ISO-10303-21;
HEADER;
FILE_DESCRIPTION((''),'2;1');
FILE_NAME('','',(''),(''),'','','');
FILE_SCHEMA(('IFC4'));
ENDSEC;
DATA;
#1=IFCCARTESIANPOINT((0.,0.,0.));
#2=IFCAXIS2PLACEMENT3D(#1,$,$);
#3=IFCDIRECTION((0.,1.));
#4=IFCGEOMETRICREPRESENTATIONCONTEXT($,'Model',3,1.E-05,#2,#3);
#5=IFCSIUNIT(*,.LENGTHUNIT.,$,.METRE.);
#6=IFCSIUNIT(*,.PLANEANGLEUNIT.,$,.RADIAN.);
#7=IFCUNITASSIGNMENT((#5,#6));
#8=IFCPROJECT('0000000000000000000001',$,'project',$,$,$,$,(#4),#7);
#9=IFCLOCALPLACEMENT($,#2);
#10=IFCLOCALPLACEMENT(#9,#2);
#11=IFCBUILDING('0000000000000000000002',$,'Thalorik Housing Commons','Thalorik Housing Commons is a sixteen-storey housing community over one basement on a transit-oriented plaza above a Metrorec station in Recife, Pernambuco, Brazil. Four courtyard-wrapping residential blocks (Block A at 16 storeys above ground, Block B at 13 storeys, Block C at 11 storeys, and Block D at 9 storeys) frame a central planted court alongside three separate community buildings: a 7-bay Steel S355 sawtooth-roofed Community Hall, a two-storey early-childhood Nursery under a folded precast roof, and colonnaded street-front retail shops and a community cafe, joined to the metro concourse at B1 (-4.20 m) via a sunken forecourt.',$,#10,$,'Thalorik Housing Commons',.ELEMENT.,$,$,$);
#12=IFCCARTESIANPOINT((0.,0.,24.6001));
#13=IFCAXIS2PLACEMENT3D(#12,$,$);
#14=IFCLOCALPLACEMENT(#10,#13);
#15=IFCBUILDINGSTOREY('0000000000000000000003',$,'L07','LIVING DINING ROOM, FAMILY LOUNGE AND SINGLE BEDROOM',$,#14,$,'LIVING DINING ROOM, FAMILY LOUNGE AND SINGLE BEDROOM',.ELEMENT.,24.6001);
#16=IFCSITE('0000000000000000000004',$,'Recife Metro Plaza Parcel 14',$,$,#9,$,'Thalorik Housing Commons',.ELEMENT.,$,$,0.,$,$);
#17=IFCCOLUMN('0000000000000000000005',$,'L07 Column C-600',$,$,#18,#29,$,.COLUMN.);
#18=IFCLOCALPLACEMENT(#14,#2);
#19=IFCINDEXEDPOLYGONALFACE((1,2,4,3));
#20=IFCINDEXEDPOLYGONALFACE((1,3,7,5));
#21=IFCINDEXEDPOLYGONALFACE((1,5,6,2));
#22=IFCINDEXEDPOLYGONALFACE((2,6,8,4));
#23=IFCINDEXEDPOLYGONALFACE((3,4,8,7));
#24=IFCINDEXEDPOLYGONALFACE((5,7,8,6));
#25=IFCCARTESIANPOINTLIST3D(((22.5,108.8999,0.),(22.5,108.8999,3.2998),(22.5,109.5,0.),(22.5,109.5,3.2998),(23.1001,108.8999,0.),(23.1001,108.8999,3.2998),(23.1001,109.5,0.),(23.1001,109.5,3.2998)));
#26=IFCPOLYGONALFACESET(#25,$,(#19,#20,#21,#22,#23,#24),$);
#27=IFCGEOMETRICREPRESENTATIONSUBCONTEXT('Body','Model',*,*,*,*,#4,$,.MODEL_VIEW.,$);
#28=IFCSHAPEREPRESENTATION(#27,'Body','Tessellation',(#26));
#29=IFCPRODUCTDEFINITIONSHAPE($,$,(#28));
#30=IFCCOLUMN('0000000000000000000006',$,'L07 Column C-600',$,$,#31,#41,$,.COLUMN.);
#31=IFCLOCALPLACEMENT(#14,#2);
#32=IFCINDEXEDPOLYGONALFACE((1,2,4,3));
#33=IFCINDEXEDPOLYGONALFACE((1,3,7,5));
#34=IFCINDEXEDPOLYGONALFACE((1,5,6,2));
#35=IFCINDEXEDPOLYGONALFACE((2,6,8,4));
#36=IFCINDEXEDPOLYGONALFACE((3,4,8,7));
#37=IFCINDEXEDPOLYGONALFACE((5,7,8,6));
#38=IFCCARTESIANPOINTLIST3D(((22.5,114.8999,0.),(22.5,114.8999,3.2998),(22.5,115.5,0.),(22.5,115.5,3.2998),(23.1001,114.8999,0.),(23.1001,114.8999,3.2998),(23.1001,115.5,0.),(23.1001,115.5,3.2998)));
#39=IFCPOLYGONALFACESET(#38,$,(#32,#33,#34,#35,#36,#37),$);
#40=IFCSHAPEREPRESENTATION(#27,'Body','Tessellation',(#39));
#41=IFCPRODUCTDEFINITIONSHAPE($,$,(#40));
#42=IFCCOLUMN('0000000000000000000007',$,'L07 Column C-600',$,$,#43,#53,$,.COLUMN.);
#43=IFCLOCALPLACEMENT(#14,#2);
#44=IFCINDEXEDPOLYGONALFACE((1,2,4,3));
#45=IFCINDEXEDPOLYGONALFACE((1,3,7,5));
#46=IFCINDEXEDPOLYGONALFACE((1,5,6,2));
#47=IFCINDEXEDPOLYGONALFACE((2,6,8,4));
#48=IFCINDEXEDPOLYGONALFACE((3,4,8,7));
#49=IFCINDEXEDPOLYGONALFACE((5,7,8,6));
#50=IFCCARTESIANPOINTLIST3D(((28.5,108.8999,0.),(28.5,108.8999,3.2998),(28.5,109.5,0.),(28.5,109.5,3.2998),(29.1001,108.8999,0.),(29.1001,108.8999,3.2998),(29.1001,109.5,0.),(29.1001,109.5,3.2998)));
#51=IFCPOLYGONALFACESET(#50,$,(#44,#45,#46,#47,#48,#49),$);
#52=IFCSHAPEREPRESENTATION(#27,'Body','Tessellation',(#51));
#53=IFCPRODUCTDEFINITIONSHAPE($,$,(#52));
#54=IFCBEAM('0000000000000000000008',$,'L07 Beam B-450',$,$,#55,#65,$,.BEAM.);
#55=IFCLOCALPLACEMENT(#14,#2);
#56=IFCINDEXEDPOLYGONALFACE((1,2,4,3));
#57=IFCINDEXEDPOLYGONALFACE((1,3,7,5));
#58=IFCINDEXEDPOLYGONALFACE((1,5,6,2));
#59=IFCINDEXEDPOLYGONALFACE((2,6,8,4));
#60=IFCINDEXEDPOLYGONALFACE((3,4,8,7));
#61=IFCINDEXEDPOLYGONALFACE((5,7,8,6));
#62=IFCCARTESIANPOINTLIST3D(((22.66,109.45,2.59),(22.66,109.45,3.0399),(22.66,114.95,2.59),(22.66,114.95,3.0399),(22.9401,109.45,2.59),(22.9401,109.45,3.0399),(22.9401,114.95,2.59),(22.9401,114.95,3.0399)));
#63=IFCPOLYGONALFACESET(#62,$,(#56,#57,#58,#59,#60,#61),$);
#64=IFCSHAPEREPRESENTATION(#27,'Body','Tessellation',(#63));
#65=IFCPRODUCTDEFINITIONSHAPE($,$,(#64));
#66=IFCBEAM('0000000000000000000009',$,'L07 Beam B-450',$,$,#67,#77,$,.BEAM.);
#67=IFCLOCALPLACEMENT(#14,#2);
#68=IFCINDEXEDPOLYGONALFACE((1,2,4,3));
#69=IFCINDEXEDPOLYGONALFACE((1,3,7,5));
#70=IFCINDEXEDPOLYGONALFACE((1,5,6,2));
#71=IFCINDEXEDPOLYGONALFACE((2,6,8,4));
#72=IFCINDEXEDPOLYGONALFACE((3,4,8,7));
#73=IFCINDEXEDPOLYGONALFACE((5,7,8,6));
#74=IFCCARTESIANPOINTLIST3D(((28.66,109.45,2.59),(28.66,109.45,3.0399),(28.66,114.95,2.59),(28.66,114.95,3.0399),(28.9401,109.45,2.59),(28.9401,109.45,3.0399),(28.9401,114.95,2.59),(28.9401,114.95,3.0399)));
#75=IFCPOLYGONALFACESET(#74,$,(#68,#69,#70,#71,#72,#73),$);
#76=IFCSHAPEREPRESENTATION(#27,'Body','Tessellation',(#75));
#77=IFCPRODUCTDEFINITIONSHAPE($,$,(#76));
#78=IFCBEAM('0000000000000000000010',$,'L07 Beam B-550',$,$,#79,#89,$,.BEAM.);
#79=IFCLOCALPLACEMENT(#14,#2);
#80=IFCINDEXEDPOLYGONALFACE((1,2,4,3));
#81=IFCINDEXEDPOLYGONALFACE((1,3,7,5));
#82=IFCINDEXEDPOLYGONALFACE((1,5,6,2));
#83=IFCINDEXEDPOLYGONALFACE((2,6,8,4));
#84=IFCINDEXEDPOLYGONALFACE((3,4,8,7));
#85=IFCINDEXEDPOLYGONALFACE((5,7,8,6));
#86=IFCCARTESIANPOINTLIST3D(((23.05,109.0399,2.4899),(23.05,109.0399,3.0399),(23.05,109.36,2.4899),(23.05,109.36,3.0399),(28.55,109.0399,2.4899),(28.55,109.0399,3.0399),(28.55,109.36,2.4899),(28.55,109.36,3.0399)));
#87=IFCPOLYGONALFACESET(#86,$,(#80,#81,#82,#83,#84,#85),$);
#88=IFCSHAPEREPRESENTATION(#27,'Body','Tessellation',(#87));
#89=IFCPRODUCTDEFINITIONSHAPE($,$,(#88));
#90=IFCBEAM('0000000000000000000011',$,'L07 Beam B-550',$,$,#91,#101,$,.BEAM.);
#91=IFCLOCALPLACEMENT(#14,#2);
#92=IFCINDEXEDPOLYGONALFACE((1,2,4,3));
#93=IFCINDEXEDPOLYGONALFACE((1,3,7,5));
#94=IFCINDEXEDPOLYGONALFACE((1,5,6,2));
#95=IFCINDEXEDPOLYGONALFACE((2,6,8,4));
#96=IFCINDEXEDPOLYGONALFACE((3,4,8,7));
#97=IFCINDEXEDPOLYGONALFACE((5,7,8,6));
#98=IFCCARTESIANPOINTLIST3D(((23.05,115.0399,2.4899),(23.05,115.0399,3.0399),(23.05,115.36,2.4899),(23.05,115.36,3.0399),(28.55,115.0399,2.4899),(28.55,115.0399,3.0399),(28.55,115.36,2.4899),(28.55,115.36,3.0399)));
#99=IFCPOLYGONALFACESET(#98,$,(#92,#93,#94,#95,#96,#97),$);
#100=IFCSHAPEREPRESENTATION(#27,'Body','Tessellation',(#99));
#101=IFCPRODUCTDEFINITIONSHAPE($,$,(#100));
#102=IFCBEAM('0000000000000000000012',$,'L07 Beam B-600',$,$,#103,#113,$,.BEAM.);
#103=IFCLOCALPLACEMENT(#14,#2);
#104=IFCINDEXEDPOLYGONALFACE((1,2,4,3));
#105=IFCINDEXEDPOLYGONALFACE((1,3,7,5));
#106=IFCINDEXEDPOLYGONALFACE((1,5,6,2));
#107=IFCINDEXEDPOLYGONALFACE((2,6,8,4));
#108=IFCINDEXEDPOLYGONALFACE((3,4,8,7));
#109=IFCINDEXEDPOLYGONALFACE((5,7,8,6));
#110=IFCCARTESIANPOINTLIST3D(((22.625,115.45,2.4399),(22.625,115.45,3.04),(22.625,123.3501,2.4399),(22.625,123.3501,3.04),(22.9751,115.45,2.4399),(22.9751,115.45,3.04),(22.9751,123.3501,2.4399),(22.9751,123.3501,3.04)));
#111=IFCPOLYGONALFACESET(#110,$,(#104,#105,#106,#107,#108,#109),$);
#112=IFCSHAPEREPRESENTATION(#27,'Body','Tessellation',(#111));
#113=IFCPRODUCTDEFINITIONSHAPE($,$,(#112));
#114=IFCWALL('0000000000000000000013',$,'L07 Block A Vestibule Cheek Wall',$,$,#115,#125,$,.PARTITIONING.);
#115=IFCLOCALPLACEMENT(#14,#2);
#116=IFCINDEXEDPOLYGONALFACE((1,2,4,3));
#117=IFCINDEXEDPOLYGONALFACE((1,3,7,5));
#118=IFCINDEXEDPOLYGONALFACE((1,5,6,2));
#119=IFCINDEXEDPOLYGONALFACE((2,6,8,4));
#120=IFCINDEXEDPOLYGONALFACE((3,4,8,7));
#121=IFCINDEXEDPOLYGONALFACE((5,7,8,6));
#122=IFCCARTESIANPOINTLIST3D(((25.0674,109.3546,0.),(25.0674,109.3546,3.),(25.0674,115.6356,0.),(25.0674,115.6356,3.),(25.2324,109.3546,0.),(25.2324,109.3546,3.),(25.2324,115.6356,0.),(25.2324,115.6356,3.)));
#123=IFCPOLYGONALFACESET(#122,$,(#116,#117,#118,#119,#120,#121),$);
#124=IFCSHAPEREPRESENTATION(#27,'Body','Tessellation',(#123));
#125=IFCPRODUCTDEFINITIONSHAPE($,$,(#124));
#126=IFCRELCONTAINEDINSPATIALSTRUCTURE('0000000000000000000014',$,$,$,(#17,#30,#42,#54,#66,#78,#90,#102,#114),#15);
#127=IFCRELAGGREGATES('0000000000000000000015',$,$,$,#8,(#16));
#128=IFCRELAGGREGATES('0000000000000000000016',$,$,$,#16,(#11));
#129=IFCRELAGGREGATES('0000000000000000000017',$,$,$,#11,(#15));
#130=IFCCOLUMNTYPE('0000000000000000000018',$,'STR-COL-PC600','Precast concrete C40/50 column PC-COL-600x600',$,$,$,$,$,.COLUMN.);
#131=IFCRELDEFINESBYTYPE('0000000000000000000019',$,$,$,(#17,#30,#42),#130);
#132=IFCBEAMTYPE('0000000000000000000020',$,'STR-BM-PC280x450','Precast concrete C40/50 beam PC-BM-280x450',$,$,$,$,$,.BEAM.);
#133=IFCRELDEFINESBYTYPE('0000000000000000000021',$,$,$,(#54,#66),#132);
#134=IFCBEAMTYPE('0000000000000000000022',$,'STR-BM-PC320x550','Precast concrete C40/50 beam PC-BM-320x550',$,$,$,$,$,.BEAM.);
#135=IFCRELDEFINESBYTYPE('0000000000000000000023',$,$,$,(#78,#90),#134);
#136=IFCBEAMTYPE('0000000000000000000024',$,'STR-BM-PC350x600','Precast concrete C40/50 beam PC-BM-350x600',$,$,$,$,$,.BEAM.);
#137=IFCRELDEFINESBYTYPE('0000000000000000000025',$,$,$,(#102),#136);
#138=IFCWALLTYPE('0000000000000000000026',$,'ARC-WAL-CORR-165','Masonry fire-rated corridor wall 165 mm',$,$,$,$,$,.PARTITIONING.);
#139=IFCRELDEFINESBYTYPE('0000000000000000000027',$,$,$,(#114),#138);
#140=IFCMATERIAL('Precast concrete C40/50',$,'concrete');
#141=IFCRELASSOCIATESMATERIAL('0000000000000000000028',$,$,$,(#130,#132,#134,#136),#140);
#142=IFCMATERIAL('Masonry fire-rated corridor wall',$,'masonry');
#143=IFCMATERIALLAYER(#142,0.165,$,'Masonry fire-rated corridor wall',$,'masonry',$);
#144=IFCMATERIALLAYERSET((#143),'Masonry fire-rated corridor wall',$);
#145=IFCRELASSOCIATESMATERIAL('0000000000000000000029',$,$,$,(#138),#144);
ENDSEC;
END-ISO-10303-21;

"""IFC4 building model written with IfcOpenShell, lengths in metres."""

from ifc_helpers import new_model, si_unit, direction, frame, frame_2d, origin, origin_2d, place, context, subcontext, project, spatial, rectangle, extrude, material, layer, layer_set, material_profile, profile_set, type_object, element, save


model = new_model("IFC4")

# Units and contexts
model_context = context("Model", 3, precision=1e-05, world=origin(), true_north=direction((0.0, 1.0)))
body_context = subcontext(model_context, "Body", "Model", "MODEL_VIEW")
ifc_project = project(units=[si_unit("LENGTHUNIT", "METRE"), si_unit("PLANEANGLEUNIT", "RADIAN")], contexts=[model_context])

# Site, building, storey
site_placement = place(None, origin())
site = spatial("IfcSite", under=ifc_project, at=site_placement, Name="Recife Metro Plaza Parcel 14", LongName="Thalorik Housing Commons", CompositionType="ELEMENT", RefElevation=0.0)
building_placement = place(site_placement, origin())
building = spatial("IfcBuilding", under=site, at=building_placement, Name="Thalorik Housing Commons", Description="Thalorik Housing Commons is a sixteen-storey housing community over one basement on a transit-oriented plaza above a Metrorec station in Recife, Pernambuco, Brazil. Four courtyard-wrapping residential blocks (Block A at 16 storeys above ground, Block B at 13 storeys, Block C at 11 storeys, and Block D at 9 storeys) frame a central planted court alongside three separate community buildings: a 7-bay Steel S355 sawtooth-roofed Community Hall, a two-storey early-childhood Nursery under a folded precast roof, and colonnaded street-front retail shops and a community cafe, joined to the metro concourse at B1 (-4.20 m) via a sunken forecourt.", LongName="Thalorik Housing Commons", CompositionType="ELEMENT")
storey_placement = place(building_placement, frame((0.0, 0.0, 24.6001)))
storey = spatial("IfcBuildingStorey", under=building, at=storey_placement, Name="L07", Description="LIVING DINING ROOM, FAMILY LOUNGE AND SINGLE BEDROOM", LongName="LIVING DINING ROOM, FAMILY LOUNGE AND SINGLE BEDROOM", CompositionType="ELEMENT", Elevation=24.6001)

# Columns
ifc_material_1 = material(Name="Precast concrete C40/50", Category="concrete")
ifc_material_profile_1 = material_profile(ifc_material_1, rectangle(XDim=0.6001, YDim=0.6001, at=origin_2d()), Name="PC 600x600", Category="concrete")
ifc_profile_set_1 = profile_set([ifc_material_profile_1], Name="Precast concrete C40/50")
column_type = type_object("IfcColumnType", Name="STR-COL-PC600", Description="Precast concrete C40/50 column PC-COL-600x600", PredefinedType="COLUMN", material=ifc_profile_set_1)
for number, where, z_axis, x_axis, name in (
    (1, (22.8, 109.2, 0.0), (0.0, 0.0, 1.0), (1.0, 0.0, 0.0), "L07 Column C-600"),
    (2, (22.8, 115.2, 0.0), (0.0, 0.0, 1.0), (1.0, 0.0, 0.0), "L07 Column C-600"),
    (3, (28.8, 109.2, 0.0), (0.0, 0.0, 1.0), (1.0, 0.0, 0.0), "L07 Column C-600"),
):
    element("IfcColumn", number, at=place(storey_placement, frame(where, z_axis=z_axis, x_axis=x_axis)), inside=storey, type_object=column_type, Name=name, PredefinedType="COLUMN", context=body_context, shape_type="SweptSolid", body=[
        extrude(rectangle(XDim=0.6001, YDim=0.6001, at=origin_2d()), origin(), (0.0, 0.0, 1.0), 3.2998),
    ])

# Beams
ifc_material_profile_2 = material_profile(ifc_material_1, rectangle(XDim=0.28, YDim=0.45, at=origin_2d()), Name="PC 280x450", Category="concrete")
ifc_profile_set_2 = profile_set([ifc_material_profile_2], Name="Precast concrete C40/50")
beam_type_1 = type_object("IfcBeamType", Name="STR-BM-PC280x450", Description="Precast concrete C40/50 beam PC-BM-280x450", PredefinedType="BEAM", material=ifc_profile_set_2)
for number, where, z_axis, x_axis, name in (
    (4, (22.8, 109.45, 2.8149), (0.0, 1.0, 0.0), (-1.0, 0.0, 0.0), "L07 Beam B-450"),
    (5, (28.8, 109.45, 2.8149), (0.0, 1.0, 0.0), (-1.0, 0.0, 0.0), "L07 Beam B-450"),
):
    element("IfcBeam", number, at=place(storey_placement, frame(where, z_axis=z_axis, x_axis=x_axis)), inside=storey, type_object=beam_type_1, Name=name, PredefinedType="BEAM", context=body_context, shape_type="SweptSolid", body=[
        extrude(rectangle(XDim=0.28, YDim=0.45, at=origin_2d()), origin(), (0.0, 0.0, 1.0), 5.5),
    ])
ifc_material_profile_3 = material_profile(ifc_material_1, rectangle(XDim=0.3201, YDim=0.55, at=origin_2d()), Name="PC 320x550", Category="concrete")
ifc_profile_set_3 = profile_set([ifc_material_profile_3], Name="Precast concrete C40/50")
beam_type_2 = type_object("IfcBeamType", Name="STR-BM-PC320x550", Description="Precast concrete C40/50 beam PC-BM-320x550", PredefinedType="BEAM", material=ifc_profile_set_3)
for number, where, z_axis, x_axis, name in (
    (6, (23.05, 109.2, 2.7649), (1.0, 0.0, 0.0), (0.0, 1.0, 0.0), "L07 Beam B-550"),
    (7, (23.05, 115.2, 2.7649), (1.0, 0.0, 0.0), (0.0, 1.0, 0.0), "L07 Beam B-550"),
):
    element("IfcBeam", number, at=place(storey_placement, frame(where, z_axis=z_axis, x_axis=x_axis)), inside=storey, type_object=beam_type_2, Name=name, PredefinedType="BEAM", context=body_context, shape_type="SweptSolid", body=[
        extrude(rectangle(XDim=0.3201, YDim=0.55, at=origin_2d()), origin(), (0.0, 0.0, 1.0), 5.5),
    ])
ifc_material_profile_4 = material_profile(ifc_material_1, rectangle(XDim=0.3501, YDim=0.6001, at=origin_2d()), Name="PC 350x600", Category="concrete")
ifc_profile_set_4 = profile_set([ifc_material_profile_4], Name="Precast concrete C40/50")
beam_type_3 = type_object("IfcBeamType", Name="STR-BM-PC350x600", Description="Precast concrete C40/50 beam PC-BM-350x600", PredefinedType="BEAM", material=ifc_profile_set_4)
beam_placement = place(storey_placement, frame((22.8, 115.45, 2.74), z_axis=(0.0, 1.0, 0.0), x_axis=(-1.0, 0.0, 0.0)))
element("IfcBeam", 8, at=beam_placement, inside=storey, type_object=beam_type_3, Name="L07 Beam B-600", PredefinedType="BEAM", context=body_context, shape_type="SweptSolid", body=[
    extrude(rectangle(XDim=0.3501, YDim=0.6001, at=origin_2d()), origin(), (0.0, 0.0, 1.0), 7.9001),
])

# Wall
ifc_material_2 = material(Name="Masonry fire-rated corridor wall", Category="masonry")
ifc_layer_1 = layer(ifc_material_2, 0.165, Name="Masonry fire-rated corridor wall", Category="masonry")
ifc_layer_set_1 = layer_set([ifc_layer_1], Name="Masonry fire-rated corridor wall")
wall_type_1 = type_object("IfcWallType", Name="ARC-WAL-CORR-165", Description="Masonry fire-rated corridor wall 165 mm", PredefinedType="PARTITIONING", material=ifc_layer_set_1)
wall_1_placement = place(storey_placement, frame((25.1499, 109.3545, 0.0), z_axis=(0.0, 0.0, 1.0), x_axis=(0.0, 1.0, 0.0)))
element("IfcWall", 9, at=wall_1_placement, inside=storey, type_object=wall_type_1, Name="L07 Block A Vestibule Cheek Wall", PredefinedType="PARTITIONING", context=body_context, shape_type="SweptSolid", body=[
    extrude(rectangle(XDim=6.281, YDim=0.165, at=frame_2d((3.1406, 0.0))), origin(), (0.0, 0.0, 1.0), 3.0),
])

save(model, "model.ifc")
